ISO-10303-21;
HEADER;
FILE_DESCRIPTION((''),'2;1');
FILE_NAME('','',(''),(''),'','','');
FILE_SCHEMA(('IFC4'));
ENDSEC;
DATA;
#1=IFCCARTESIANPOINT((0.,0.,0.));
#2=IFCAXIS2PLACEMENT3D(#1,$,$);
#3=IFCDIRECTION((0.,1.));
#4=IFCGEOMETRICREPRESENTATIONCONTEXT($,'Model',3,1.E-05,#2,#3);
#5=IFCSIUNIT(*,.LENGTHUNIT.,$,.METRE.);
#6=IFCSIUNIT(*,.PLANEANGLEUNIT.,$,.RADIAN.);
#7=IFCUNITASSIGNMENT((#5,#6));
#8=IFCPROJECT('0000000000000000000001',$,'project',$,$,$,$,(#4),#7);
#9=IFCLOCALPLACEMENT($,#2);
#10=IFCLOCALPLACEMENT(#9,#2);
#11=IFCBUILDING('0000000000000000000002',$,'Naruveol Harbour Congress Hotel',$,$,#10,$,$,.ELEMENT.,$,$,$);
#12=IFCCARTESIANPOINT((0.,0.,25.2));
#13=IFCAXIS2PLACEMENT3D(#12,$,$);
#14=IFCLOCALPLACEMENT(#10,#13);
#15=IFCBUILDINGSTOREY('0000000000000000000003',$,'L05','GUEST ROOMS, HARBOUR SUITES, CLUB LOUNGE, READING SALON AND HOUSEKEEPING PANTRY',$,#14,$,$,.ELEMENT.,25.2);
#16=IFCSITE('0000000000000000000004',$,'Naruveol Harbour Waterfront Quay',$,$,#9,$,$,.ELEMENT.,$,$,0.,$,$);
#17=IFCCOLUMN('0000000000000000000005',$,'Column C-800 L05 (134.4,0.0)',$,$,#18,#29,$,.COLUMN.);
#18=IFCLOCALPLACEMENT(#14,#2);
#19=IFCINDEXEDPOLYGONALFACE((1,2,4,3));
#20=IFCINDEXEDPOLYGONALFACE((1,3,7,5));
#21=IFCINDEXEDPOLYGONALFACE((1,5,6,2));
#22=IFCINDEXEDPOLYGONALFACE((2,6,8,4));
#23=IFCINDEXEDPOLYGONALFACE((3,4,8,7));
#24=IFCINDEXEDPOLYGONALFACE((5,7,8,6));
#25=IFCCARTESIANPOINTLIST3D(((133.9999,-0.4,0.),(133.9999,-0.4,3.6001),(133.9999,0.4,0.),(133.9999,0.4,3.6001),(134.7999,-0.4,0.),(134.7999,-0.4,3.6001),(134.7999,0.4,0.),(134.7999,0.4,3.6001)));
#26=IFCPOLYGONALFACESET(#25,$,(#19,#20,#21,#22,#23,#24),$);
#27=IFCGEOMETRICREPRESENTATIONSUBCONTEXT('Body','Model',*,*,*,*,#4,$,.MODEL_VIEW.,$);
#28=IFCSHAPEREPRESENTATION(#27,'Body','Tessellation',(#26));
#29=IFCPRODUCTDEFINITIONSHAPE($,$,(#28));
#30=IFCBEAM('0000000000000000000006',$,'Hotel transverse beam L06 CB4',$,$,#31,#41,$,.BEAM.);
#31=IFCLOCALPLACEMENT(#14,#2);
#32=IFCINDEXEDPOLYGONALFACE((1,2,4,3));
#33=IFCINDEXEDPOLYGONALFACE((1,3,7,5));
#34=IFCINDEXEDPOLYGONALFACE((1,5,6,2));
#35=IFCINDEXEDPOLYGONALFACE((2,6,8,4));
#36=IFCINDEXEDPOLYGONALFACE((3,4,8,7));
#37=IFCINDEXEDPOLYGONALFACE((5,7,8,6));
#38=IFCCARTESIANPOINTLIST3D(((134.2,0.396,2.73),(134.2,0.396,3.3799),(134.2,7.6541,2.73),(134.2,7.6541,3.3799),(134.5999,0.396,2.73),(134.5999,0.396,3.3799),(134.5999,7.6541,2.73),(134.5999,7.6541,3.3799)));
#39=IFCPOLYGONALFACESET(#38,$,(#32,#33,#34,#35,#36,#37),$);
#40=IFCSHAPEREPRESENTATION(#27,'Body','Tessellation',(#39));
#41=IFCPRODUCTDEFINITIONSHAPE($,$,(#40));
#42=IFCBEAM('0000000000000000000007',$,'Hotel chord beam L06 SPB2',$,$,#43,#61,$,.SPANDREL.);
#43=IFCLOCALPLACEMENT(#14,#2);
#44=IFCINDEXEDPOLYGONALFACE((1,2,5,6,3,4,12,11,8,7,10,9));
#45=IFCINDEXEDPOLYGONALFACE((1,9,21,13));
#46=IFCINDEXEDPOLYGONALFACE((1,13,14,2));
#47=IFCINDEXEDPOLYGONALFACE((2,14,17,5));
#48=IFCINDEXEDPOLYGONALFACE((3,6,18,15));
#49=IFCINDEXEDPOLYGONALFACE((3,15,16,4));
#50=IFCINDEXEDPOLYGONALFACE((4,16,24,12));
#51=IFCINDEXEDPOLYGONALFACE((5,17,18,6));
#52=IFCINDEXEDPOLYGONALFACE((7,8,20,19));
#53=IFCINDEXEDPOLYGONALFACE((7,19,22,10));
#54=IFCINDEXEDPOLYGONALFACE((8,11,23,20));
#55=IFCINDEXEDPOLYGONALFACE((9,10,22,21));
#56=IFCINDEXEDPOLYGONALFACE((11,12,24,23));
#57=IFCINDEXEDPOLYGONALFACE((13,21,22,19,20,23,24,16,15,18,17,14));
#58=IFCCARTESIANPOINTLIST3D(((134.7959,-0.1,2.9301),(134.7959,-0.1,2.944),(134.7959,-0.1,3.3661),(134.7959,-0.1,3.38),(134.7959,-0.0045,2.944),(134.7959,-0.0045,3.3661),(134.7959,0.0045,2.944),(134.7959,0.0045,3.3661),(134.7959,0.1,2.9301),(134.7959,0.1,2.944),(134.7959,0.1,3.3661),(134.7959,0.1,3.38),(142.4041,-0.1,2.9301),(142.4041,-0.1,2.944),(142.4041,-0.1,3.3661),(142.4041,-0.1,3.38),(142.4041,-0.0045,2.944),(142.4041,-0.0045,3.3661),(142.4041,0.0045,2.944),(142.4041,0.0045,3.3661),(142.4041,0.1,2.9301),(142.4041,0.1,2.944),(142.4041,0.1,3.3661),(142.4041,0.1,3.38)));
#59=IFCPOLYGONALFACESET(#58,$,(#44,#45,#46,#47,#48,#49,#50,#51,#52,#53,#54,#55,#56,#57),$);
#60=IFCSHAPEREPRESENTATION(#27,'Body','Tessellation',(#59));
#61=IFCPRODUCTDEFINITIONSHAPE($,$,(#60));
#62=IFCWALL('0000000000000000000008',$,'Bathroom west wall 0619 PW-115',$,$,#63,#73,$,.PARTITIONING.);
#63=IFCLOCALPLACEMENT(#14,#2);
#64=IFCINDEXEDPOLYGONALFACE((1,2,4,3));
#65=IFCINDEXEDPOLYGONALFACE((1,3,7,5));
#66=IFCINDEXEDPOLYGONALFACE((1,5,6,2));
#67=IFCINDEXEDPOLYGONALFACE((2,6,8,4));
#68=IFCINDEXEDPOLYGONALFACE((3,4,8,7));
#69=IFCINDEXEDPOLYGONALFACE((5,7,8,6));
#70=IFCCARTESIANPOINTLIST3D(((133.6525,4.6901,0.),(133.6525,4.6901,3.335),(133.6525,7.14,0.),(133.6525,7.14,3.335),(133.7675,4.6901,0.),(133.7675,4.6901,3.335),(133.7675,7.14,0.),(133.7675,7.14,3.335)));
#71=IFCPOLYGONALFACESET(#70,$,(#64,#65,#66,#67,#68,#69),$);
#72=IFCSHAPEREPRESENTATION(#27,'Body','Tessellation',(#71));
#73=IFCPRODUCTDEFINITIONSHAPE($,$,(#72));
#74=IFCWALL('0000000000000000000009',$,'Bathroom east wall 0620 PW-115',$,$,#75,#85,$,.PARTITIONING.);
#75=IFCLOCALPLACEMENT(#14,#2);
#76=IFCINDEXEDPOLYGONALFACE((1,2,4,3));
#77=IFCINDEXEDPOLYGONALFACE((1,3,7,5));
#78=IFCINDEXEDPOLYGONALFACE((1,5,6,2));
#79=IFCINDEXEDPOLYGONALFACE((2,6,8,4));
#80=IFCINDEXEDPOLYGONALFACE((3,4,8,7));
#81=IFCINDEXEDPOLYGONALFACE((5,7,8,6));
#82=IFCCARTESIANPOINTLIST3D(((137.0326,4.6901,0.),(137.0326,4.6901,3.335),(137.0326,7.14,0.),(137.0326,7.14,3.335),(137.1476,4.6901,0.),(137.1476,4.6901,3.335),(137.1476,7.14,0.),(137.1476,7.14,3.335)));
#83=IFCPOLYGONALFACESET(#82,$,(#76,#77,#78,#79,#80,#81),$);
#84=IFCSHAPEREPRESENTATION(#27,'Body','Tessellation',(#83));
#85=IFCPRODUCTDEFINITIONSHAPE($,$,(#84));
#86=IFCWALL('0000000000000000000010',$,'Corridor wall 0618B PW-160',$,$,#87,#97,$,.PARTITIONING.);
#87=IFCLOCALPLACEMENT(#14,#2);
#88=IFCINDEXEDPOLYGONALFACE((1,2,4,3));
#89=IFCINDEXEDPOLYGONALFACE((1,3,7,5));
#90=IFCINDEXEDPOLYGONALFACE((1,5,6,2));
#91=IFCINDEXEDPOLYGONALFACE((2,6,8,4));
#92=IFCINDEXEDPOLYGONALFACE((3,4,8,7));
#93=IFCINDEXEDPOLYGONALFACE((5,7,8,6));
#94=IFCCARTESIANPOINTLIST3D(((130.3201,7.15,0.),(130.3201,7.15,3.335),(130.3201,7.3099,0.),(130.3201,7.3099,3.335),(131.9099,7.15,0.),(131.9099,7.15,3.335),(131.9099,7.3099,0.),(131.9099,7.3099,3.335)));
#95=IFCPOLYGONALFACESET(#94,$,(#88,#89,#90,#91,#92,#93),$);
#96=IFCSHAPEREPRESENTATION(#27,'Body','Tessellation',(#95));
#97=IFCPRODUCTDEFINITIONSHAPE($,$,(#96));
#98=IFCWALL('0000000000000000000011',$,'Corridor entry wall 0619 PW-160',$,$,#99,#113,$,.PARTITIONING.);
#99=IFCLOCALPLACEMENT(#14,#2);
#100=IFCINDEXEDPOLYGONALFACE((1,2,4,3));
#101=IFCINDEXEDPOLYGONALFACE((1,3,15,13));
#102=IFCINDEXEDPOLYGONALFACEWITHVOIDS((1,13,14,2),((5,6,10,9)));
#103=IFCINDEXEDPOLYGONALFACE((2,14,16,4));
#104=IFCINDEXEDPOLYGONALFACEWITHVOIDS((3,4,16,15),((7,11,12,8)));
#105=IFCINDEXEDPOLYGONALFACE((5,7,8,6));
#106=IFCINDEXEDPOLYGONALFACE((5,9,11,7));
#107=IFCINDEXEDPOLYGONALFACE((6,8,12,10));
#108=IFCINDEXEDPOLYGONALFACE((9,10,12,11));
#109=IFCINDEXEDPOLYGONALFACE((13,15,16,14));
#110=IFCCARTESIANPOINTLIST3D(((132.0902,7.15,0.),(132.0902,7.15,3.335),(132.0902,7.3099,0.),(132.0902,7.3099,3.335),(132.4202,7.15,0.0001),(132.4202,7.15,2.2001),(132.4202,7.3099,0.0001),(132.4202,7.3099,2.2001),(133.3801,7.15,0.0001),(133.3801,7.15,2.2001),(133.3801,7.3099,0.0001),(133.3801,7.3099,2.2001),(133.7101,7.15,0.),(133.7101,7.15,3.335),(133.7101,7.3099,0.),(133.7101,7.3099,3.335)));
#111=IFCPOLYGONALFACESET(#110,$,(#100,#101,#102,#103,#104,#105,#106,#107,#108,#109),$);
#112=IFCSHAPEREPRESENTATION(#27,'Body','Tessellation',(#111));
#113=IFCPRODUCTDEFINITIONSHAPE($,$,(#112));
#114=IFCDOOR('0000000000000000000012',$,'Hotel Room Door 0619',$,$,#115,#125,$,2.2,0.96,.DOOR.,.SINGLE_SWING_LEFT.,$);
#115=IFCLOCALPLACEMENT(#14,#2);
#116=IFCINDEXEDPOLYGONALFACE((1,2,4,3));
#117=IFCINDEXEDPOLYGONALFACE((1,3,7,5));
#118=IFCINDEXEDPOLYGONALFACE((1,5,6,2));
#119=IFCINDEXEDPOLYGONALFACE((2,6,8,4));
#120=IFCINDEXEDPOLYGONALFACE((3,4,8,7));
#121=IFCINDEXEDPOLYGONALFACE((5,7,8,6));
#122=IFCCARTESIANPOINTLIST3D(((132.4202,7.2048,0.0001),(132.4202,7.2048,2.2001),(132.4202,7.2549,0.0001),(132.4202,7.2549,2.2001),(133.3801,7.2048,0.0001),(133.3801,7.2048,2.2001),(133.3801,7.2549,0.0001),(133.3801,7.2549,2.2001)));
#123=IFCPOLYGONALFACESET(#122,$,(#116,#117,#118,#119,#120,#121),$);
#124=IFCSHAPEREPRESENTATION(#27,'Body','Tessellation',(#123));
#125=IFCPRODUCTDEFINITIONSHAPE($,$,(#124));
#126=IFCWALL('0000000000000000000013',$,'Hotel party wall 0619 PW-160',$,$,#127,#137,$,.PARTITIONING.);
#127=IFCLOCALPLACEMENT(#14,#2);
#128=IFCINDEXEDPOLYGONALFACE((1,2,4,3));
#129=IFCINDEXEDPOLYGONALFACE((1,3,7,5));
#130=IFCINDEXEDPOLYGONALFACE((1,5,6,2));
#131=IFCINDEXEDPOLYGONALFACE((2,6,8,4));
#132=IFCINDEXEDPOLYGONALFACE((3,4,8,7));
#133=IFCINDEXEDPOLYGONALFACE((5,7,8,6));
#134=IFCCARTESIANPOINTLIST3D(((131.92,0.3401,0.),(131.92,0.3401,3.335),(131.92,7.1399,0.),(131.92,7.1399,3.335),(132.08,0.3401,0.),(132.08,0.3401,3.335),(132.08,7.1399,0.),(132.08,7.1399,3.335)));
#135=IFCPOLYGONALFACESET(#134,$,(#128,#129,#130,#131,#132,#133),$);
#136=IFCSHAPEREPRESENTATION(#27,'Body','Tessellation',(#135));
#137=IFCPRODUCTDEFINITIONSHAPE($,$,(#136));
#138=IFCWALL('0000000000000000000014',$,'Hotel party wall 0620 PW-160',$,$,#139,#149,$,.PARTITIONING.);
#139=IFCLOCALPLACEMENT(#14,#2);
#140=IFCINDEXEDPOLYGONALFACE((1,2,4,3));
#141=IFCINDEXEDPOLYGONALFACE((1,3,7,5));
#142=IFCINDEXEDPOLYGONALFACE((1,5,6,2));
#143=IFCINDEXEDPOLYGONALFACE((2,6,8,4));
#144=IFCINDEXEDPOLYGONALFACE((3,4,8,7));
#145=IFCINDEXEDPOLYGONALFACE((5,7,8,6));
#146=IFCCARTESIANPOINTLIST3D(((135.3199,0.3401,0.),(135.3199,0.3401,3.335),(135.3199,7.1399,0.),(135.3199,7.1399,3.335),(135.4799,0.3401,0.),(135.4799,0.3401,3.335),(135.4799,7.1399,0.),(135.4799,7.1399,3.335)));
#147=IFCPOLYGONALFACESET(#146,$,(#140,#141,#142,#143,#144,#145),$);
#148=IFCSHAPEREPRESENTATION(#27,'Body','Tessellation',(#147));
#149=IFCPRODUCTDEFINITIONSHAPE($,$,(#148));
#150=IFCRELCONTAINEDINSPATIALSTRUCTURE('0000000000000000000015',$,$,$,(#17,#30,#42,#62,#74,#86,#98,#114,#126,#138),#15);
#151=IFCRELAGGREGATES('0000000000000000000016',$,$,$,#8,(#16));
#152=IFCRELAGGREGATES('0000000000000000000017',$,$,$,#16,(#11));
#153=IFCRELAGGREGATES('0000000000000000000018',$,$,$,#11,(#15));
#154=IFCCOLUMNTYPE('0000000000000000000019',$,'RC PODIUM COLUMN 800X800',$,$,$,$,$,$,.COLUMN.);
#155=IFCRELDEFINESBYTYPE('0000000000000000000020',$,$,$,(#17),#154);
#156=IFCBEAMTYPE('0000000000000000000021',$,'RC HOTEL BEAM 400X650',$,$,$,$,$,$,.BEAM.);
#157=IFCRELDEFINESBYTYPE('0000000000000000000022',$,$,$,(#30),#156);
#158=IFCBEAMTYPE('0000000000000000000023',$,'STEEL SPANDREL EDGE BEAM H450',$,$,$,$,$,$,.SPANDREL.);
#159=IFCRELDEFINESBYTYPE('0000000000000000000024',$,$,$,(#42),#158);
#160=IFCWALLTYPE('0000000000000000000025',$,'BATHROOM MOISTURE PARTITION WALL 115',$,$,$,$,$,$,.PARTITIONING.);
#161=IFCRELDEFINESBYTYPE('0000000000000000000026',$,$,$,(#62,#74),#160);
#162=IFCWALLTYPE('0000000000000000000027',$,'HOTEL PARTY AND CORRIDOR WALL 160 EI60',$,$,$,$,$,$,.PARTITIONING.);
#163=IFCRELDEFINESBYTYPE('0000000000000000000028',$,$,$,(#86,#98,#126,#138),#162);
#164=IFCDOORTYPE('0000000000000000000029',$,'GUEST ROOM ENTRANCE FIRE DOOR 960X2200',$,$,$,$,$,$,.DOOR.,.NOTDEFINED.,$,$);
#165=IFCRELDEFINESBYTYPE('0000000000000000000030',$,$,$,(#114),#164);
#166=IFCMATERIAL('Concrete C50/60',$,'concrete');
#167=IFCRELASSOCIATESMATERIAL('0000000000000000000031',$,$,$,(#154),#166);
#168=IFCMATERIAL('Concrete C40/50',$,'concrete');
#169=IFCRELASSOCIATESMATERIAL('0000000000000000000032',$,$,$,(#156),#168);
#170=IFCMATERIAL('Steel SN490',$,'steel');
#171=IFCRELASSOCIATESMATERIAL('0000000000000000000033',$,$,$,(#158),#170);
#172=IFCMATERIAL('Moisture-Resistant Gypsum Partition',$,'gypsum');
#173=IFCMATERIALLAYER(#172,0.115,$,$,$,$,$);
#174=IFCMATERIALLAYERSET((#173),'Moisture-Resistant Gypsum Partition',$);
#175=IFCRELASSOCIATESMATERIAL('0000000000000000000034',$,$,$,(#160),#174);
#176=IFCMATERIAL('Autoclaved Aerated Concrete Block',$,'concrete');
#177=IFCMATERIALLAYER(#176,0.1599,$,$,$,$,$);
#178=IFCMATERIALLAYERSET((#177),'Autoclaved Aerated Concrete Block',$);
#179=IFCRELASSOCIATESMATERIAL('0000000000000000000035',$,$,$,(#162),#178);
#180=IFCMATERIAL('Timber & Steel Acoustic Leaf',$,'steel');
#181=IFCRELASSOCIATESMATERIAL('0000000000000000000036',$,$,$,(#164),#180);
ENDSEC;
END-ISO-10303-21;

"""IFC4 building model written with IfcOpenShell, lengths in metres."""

from ifc_helpers import new_model, si_unit, direction, frame, frame_2d, origin, origin_2d, place, context, subcontext, project, spatial, rectangle, i_section, extrude, material, layer, layer_set, material_profile, profile_set, type_object, element, fill, save


model = new_model("IFC4")

# Units and contexts
model_context = context("Model", 3, precision=1e-05, world=origin(), true_north=direction((0.0, 1.0)))
body_context = subcontext(model_context, "Body", "Model", "MODEL_VIEW")
ifc_project = project(units=[si_unit("LENGTHUNIT", "METRE"), si_unit("PLANEANGLEUNIT", "RADIAN")], contexts=[model_context])

# Site, building, storey
site_placement = place(None, origin())
site = spatial("IfcSite", under=ifc_project, at=site_placement, Name="Naruveol Harbour Waterfront Quay", CompositionType="ELEMENT", RefElevation=0.0)
building_placement = place(site_placement, origin())
building = spatial("IfcBuilding", under=site, at=building_placement, Name="Naruveol Harbour Congress Hotel", CompositionType="ELEMENT")
storey_placement = place(building_placement, frame((0.0, 0.0, 25.2)))
storey = spatial("IfcBuildingStorey", under=building, at=storey_placement, Name="L05", Description="GUEST ROOMS, HARBOUR SUITES, CLUB LOUNGE, READING SALON AND HOUSEKEEPING PANTRY", CompositionType="ELEMENT", Elevation=25.2)

# Column
ifc_material_1 = material(Name="Concrete C50/60", Category="concrete")
ifc_material_profile_1 = material_profile(ifc_material_1, rectangle(XDim=0.8, YDim=0.8, at=origin_2d()), Name="RC-800x800")
ifc_profile_set_1 = profile_set([ifc_material_profile_1], Name="Concrete C50/60")
column_type = type_object("IfcColumnType", Name="RC PODIUM COLUMN 800X800", PredefinedType="COLUMN", material=ifc_profile_set_1)
column_placement = place(storey_placement, frame((134.3999, 0.0, 0.0), z_axis=(0.0, 0.0, 1.0), x_axis=(1.0, 0.0, 0.0)))
element("IfcColumn", 1, at=column_placement, inside=storey, type_object=column_type, Name="Column C-800 L05 (134.4,0.0)", PredefinedType="COLUMN", context=body_context, shape_type="SweptSolid", body=[
    extrude(rectangle(XDim=0.8, YDim=0.8, at=origin_2d()), origin(), (0.0, 0.0, 1.0), 3.6001),
])

# Beams
ifc_material_2 = material(Name="Concrete C40/50", Category="concrete")
ifc_material_profile_2 = material_profile(ifc_material_2, rectangle(XDim=0.3999, YDim=0.6499, at=origin_2d()), Name="RCB-400x650")
ifc_profile_set_2 = profile_set([ifc_material_profile_2], Name="Concrete C40/50")
beam_type_1 = type_object("IfcBeamType", Name="RC HOTEL BEAM 400X650", PredefinedType="BEAM", material=ifc_profile_set_2)
beam_1_placement = place(storey_placement, frame((134.3999, 0.396, 3.0549), z_axis=(0.0, 1.0, 0.0), x_axis=(-1.0, 0.0, 0.0)))
element("IfcBeam", 2, at=beam_1_placement, inside=storey, type_object=beam_type_1, Name="Hotel transverse beam L06 CB4", PredefinedType="BEAM", context=body_context, shape_type="SweptSolid", body=[
    extrude(rectangle(XDim=0.3999, YDim=0.6499, at=origin_2d()), origin(), (0.0, 0.0, 1.0), 7.2581),
])
ifc_material_3 = material(Name="Steel SN490", Category="steel")
ifc_material_profile_3 = material_profile(ifc_material_3, i_section(OverallWidth=0.2, OverallDepth=0.45, WebThickness=0.009, FlangeThickness=0.0139, at=origin_2d()), Name="H-450x200x9x14")
ifc_profile_set_3 = profile_set([ifc_material_profile_3], Name="Steel SN490")
beam_type_2 = type_object("IfcBeamType", Name="STEEL SPANDREL EDGE BEAM H450", PredefinedType="SPANDREL", material=ifc_profile_set_3)
beam_2_placement = place(storey_placement, frame((134.7959, 0.0, 3.155), z_axis=(1.0, 0.0, 0.0), x_axis=(0.0, 1.0, 0.0)))
element("IfcBeam", 3, at=beam_2_placement, inside=storey, type_object=beam_type_2, Name="Hotel chord beam L06 SPB2", PredefinedType="SPANDREL", context=body_context, shape_type="SweptSolid", body=[
    extrude(i_section(OverallWidth=0.2, OverallDepth=0.45, WebThickness=0.009, FlangeThickness=0.0139, at=origin_2d()), origin(), (0.0, 0.0, 1.0), 7.6082),
])

# Shared definitions
ifc_material_4 = material(Name="Moisture-Resistant Gypsum Partition", Category="gypsum")
ifc_layer_1 = layer(ifc_material_4, 0.115)
ifc_layer_set_1 = layer_set([ifc_layer_1], Name="Moisture-Resistant Gypsum Partition")
wall_type_1 = type_object("IfcWallType", Name="BATHROOM MOISTURE PARTITION WALL 115", PredefinedType="PARTITIONING", material=ifc_layer_set_1)

# Wall
wall_1_placement = place(storey_placement, frame((133.71, 4.6899, 0.0), z_axis=(0.0, 0.0, 1.0), x_axis=(0.0, 1.0, 0.0)))
element("IfcWall", 4, at=wall_1_placement, inside=storey, type_object=wall_type_1, Name="Bathroom west wall 0619 PW-115", PredefinedType="PARTITIONING", context=body_context, shape_type="SweptSolid", body=[
    extrude(rectangle(XDim=2.45, YDim=0.115, at=frame_2d((1.2251, 0.0))), origin(), (0.0, 0.0, 1.0), 3.335),
])

# Wall
wall_2_placement = place(storey_placement, frame((137.0901, 4.6899, 0.0), z_axis=(0.0, 0.0, 1.0), x_axis=(0.0, 1.0, 0.0)))
element("IfcWall", 5, at=wall_2_placement, inside=storey, type_object=wall_type_1, Name="Bathroom east wall 0620 PW-115", PredefinedType="PARTITIONING", context=body_context, shape_type="SweptSolid", body=[
    extrude(rectangle(XDim=2.45, YDim=0.115, at=frame_2d((1.2251, 0.0))), origin(), (0.0, 0.0, 1.0), 3.335),
])

# Wall
ifc_material_5 = material(Name="Autoclaved Aerated Concrete Block", Category="concrete")
ifc_layer_2 = layer(ifc_material_5, 0.1599)
ifc_layer_set_2 = layer_set([ifc_layer_2], Name="Autoclaved Aerated Concrete Block")
wall_type_2 = type_object("IfcWallType", Name="HOTEL PARTY AND CORRIDOR WALL 160 EI60", PredefinedType="PARTITIONING", material=ifc_layer_set_2)
wall_3_placement = place(storey_placement, frame((130.3201, 7.23, 0.0), z_axis=(0.0, 0.0, 1.0), x_axis=(1.0, 0.0, 0.0)))
element("IfcWall", 6, at=wall_3_placement, inside=storey, type_object=wall_type_2, Name="Corridor wall 0618B PW-160", PredefinedType="PARTITIONING", context=body_context, shape_type="SweptSolid", body=[
    extrude(rectangle(XDim=1.5898, YDim=0.1599, at=frame_2d((0.7949, 0.0))), origin(), (0.0, 0.0, 1.0), 3.335),
])

# Wall, opening, door
wall_4_placement = place(storey_placement, frame((132.0901, 7.23, 0.0), z_axis=(0.0, 0.0, 1.0), x_axis=(1.0, 0.0, 0.0)))
wall_4 = element("IfcWall", 7, at=wall_4_placement, inside=storey, type_object=wall_type_2, Name="Corridor entry wall 0619 PW-160", PredefinedType="PARTITIONING", context=body_context, shape_type="SweptSolid", body=[
    extrude(rectangle(XDim=1.6199, YDim=0.1599, at=frame_2d((0.8101, 0.0))), origin(), (0.0, 0.0, 1.0), 3.335),
])
opening_1_placement = place(wall_4_placement, frame((0.3301, 0.0, 0.0)))
opening_1 = element("IfcOpeningElement", 8, at=opening_1_placement, cuts=wall_4, PredefinedType="OPENING", context=body_context, shape_type="SweptSolid", body=[
    extrude(rectangle(XDim=0.96, YDim=2.2, at=frame_2d((0.48, 1.1001))), frame((0.0, 0.0898, 0.0), z_axis=(0.0, -1.0, 0.0), x_axis=(1.0, 0.0, 0.0)), (0.0, 0.0, 1.0), 0.1799),
])
ifc_material_6 = material(Name="Timber & Steel Acoustic Leaf", Category="steel")
door_type_1 = type_object("IfcDoorType", Name="GUEST ROOM ENTRANCE FIRE DOOR 960X2200", OperationType="NOTDEFINED", PredefinedType="DOOR", material=ifc_material_6)
door_1_placement = place(opening_1_placement, origin())
door_1 = element("IfcDoor", 9, at=door_1_placement, inside=storey, type_object=door_type_1, Name="Hotel Room Door 0619", OperationType="SINGLE_SWING_LEFT", OverallHeight=2.2, OverallWidth=0.96, PredefinedType="DOOR", context=body_context, shape_type="SweptSolid", body=[
    extrude(rectangle(XDim=0.96, YDim=2.2, at=frame_2d((0.48, 1.1001))), frame((0.0, 0.0249, 0.0), z_axis=(0.0, -1.0, 0.0), x_axis=(1.0, 0.0, 0.0)), (0.0, 0.0, 1.0), 0.05),
])
fill(opening_1, door_1)

# Walls
for number, where, z_axis, x_axis, name in (
    (10, (132.0, 0.3401, 0.0), (0.0, 0.0, 1.0), (0.0, 1.0, 0.0), "Hotel party wall 0619 PW-160"),
    (11, (135.3999, 0.3401, 0.0), (0.0, 0.0, 1.0), (0.0, 1.0, 0.0), "Hotel party wall 0620 PW-160"),
):
    element("IfcWall", number, at=place(storey_placement, frame(where, z_axis=z_axis, x_axis=x_axis)), inside=storey, type_object=wall_type_2, Name=name, PredefinedType="PARTITIONING", context=body_context, shape_type="SweptSolid", body=[
        extrude(rectangle(XDim=6.7998, YDim=0.1599, at=frame_2d((3.3999, 0.0))), origin(), (0.0, 0.0, 1.0), 3.335),
    ])

save(model, "model.ifc")
